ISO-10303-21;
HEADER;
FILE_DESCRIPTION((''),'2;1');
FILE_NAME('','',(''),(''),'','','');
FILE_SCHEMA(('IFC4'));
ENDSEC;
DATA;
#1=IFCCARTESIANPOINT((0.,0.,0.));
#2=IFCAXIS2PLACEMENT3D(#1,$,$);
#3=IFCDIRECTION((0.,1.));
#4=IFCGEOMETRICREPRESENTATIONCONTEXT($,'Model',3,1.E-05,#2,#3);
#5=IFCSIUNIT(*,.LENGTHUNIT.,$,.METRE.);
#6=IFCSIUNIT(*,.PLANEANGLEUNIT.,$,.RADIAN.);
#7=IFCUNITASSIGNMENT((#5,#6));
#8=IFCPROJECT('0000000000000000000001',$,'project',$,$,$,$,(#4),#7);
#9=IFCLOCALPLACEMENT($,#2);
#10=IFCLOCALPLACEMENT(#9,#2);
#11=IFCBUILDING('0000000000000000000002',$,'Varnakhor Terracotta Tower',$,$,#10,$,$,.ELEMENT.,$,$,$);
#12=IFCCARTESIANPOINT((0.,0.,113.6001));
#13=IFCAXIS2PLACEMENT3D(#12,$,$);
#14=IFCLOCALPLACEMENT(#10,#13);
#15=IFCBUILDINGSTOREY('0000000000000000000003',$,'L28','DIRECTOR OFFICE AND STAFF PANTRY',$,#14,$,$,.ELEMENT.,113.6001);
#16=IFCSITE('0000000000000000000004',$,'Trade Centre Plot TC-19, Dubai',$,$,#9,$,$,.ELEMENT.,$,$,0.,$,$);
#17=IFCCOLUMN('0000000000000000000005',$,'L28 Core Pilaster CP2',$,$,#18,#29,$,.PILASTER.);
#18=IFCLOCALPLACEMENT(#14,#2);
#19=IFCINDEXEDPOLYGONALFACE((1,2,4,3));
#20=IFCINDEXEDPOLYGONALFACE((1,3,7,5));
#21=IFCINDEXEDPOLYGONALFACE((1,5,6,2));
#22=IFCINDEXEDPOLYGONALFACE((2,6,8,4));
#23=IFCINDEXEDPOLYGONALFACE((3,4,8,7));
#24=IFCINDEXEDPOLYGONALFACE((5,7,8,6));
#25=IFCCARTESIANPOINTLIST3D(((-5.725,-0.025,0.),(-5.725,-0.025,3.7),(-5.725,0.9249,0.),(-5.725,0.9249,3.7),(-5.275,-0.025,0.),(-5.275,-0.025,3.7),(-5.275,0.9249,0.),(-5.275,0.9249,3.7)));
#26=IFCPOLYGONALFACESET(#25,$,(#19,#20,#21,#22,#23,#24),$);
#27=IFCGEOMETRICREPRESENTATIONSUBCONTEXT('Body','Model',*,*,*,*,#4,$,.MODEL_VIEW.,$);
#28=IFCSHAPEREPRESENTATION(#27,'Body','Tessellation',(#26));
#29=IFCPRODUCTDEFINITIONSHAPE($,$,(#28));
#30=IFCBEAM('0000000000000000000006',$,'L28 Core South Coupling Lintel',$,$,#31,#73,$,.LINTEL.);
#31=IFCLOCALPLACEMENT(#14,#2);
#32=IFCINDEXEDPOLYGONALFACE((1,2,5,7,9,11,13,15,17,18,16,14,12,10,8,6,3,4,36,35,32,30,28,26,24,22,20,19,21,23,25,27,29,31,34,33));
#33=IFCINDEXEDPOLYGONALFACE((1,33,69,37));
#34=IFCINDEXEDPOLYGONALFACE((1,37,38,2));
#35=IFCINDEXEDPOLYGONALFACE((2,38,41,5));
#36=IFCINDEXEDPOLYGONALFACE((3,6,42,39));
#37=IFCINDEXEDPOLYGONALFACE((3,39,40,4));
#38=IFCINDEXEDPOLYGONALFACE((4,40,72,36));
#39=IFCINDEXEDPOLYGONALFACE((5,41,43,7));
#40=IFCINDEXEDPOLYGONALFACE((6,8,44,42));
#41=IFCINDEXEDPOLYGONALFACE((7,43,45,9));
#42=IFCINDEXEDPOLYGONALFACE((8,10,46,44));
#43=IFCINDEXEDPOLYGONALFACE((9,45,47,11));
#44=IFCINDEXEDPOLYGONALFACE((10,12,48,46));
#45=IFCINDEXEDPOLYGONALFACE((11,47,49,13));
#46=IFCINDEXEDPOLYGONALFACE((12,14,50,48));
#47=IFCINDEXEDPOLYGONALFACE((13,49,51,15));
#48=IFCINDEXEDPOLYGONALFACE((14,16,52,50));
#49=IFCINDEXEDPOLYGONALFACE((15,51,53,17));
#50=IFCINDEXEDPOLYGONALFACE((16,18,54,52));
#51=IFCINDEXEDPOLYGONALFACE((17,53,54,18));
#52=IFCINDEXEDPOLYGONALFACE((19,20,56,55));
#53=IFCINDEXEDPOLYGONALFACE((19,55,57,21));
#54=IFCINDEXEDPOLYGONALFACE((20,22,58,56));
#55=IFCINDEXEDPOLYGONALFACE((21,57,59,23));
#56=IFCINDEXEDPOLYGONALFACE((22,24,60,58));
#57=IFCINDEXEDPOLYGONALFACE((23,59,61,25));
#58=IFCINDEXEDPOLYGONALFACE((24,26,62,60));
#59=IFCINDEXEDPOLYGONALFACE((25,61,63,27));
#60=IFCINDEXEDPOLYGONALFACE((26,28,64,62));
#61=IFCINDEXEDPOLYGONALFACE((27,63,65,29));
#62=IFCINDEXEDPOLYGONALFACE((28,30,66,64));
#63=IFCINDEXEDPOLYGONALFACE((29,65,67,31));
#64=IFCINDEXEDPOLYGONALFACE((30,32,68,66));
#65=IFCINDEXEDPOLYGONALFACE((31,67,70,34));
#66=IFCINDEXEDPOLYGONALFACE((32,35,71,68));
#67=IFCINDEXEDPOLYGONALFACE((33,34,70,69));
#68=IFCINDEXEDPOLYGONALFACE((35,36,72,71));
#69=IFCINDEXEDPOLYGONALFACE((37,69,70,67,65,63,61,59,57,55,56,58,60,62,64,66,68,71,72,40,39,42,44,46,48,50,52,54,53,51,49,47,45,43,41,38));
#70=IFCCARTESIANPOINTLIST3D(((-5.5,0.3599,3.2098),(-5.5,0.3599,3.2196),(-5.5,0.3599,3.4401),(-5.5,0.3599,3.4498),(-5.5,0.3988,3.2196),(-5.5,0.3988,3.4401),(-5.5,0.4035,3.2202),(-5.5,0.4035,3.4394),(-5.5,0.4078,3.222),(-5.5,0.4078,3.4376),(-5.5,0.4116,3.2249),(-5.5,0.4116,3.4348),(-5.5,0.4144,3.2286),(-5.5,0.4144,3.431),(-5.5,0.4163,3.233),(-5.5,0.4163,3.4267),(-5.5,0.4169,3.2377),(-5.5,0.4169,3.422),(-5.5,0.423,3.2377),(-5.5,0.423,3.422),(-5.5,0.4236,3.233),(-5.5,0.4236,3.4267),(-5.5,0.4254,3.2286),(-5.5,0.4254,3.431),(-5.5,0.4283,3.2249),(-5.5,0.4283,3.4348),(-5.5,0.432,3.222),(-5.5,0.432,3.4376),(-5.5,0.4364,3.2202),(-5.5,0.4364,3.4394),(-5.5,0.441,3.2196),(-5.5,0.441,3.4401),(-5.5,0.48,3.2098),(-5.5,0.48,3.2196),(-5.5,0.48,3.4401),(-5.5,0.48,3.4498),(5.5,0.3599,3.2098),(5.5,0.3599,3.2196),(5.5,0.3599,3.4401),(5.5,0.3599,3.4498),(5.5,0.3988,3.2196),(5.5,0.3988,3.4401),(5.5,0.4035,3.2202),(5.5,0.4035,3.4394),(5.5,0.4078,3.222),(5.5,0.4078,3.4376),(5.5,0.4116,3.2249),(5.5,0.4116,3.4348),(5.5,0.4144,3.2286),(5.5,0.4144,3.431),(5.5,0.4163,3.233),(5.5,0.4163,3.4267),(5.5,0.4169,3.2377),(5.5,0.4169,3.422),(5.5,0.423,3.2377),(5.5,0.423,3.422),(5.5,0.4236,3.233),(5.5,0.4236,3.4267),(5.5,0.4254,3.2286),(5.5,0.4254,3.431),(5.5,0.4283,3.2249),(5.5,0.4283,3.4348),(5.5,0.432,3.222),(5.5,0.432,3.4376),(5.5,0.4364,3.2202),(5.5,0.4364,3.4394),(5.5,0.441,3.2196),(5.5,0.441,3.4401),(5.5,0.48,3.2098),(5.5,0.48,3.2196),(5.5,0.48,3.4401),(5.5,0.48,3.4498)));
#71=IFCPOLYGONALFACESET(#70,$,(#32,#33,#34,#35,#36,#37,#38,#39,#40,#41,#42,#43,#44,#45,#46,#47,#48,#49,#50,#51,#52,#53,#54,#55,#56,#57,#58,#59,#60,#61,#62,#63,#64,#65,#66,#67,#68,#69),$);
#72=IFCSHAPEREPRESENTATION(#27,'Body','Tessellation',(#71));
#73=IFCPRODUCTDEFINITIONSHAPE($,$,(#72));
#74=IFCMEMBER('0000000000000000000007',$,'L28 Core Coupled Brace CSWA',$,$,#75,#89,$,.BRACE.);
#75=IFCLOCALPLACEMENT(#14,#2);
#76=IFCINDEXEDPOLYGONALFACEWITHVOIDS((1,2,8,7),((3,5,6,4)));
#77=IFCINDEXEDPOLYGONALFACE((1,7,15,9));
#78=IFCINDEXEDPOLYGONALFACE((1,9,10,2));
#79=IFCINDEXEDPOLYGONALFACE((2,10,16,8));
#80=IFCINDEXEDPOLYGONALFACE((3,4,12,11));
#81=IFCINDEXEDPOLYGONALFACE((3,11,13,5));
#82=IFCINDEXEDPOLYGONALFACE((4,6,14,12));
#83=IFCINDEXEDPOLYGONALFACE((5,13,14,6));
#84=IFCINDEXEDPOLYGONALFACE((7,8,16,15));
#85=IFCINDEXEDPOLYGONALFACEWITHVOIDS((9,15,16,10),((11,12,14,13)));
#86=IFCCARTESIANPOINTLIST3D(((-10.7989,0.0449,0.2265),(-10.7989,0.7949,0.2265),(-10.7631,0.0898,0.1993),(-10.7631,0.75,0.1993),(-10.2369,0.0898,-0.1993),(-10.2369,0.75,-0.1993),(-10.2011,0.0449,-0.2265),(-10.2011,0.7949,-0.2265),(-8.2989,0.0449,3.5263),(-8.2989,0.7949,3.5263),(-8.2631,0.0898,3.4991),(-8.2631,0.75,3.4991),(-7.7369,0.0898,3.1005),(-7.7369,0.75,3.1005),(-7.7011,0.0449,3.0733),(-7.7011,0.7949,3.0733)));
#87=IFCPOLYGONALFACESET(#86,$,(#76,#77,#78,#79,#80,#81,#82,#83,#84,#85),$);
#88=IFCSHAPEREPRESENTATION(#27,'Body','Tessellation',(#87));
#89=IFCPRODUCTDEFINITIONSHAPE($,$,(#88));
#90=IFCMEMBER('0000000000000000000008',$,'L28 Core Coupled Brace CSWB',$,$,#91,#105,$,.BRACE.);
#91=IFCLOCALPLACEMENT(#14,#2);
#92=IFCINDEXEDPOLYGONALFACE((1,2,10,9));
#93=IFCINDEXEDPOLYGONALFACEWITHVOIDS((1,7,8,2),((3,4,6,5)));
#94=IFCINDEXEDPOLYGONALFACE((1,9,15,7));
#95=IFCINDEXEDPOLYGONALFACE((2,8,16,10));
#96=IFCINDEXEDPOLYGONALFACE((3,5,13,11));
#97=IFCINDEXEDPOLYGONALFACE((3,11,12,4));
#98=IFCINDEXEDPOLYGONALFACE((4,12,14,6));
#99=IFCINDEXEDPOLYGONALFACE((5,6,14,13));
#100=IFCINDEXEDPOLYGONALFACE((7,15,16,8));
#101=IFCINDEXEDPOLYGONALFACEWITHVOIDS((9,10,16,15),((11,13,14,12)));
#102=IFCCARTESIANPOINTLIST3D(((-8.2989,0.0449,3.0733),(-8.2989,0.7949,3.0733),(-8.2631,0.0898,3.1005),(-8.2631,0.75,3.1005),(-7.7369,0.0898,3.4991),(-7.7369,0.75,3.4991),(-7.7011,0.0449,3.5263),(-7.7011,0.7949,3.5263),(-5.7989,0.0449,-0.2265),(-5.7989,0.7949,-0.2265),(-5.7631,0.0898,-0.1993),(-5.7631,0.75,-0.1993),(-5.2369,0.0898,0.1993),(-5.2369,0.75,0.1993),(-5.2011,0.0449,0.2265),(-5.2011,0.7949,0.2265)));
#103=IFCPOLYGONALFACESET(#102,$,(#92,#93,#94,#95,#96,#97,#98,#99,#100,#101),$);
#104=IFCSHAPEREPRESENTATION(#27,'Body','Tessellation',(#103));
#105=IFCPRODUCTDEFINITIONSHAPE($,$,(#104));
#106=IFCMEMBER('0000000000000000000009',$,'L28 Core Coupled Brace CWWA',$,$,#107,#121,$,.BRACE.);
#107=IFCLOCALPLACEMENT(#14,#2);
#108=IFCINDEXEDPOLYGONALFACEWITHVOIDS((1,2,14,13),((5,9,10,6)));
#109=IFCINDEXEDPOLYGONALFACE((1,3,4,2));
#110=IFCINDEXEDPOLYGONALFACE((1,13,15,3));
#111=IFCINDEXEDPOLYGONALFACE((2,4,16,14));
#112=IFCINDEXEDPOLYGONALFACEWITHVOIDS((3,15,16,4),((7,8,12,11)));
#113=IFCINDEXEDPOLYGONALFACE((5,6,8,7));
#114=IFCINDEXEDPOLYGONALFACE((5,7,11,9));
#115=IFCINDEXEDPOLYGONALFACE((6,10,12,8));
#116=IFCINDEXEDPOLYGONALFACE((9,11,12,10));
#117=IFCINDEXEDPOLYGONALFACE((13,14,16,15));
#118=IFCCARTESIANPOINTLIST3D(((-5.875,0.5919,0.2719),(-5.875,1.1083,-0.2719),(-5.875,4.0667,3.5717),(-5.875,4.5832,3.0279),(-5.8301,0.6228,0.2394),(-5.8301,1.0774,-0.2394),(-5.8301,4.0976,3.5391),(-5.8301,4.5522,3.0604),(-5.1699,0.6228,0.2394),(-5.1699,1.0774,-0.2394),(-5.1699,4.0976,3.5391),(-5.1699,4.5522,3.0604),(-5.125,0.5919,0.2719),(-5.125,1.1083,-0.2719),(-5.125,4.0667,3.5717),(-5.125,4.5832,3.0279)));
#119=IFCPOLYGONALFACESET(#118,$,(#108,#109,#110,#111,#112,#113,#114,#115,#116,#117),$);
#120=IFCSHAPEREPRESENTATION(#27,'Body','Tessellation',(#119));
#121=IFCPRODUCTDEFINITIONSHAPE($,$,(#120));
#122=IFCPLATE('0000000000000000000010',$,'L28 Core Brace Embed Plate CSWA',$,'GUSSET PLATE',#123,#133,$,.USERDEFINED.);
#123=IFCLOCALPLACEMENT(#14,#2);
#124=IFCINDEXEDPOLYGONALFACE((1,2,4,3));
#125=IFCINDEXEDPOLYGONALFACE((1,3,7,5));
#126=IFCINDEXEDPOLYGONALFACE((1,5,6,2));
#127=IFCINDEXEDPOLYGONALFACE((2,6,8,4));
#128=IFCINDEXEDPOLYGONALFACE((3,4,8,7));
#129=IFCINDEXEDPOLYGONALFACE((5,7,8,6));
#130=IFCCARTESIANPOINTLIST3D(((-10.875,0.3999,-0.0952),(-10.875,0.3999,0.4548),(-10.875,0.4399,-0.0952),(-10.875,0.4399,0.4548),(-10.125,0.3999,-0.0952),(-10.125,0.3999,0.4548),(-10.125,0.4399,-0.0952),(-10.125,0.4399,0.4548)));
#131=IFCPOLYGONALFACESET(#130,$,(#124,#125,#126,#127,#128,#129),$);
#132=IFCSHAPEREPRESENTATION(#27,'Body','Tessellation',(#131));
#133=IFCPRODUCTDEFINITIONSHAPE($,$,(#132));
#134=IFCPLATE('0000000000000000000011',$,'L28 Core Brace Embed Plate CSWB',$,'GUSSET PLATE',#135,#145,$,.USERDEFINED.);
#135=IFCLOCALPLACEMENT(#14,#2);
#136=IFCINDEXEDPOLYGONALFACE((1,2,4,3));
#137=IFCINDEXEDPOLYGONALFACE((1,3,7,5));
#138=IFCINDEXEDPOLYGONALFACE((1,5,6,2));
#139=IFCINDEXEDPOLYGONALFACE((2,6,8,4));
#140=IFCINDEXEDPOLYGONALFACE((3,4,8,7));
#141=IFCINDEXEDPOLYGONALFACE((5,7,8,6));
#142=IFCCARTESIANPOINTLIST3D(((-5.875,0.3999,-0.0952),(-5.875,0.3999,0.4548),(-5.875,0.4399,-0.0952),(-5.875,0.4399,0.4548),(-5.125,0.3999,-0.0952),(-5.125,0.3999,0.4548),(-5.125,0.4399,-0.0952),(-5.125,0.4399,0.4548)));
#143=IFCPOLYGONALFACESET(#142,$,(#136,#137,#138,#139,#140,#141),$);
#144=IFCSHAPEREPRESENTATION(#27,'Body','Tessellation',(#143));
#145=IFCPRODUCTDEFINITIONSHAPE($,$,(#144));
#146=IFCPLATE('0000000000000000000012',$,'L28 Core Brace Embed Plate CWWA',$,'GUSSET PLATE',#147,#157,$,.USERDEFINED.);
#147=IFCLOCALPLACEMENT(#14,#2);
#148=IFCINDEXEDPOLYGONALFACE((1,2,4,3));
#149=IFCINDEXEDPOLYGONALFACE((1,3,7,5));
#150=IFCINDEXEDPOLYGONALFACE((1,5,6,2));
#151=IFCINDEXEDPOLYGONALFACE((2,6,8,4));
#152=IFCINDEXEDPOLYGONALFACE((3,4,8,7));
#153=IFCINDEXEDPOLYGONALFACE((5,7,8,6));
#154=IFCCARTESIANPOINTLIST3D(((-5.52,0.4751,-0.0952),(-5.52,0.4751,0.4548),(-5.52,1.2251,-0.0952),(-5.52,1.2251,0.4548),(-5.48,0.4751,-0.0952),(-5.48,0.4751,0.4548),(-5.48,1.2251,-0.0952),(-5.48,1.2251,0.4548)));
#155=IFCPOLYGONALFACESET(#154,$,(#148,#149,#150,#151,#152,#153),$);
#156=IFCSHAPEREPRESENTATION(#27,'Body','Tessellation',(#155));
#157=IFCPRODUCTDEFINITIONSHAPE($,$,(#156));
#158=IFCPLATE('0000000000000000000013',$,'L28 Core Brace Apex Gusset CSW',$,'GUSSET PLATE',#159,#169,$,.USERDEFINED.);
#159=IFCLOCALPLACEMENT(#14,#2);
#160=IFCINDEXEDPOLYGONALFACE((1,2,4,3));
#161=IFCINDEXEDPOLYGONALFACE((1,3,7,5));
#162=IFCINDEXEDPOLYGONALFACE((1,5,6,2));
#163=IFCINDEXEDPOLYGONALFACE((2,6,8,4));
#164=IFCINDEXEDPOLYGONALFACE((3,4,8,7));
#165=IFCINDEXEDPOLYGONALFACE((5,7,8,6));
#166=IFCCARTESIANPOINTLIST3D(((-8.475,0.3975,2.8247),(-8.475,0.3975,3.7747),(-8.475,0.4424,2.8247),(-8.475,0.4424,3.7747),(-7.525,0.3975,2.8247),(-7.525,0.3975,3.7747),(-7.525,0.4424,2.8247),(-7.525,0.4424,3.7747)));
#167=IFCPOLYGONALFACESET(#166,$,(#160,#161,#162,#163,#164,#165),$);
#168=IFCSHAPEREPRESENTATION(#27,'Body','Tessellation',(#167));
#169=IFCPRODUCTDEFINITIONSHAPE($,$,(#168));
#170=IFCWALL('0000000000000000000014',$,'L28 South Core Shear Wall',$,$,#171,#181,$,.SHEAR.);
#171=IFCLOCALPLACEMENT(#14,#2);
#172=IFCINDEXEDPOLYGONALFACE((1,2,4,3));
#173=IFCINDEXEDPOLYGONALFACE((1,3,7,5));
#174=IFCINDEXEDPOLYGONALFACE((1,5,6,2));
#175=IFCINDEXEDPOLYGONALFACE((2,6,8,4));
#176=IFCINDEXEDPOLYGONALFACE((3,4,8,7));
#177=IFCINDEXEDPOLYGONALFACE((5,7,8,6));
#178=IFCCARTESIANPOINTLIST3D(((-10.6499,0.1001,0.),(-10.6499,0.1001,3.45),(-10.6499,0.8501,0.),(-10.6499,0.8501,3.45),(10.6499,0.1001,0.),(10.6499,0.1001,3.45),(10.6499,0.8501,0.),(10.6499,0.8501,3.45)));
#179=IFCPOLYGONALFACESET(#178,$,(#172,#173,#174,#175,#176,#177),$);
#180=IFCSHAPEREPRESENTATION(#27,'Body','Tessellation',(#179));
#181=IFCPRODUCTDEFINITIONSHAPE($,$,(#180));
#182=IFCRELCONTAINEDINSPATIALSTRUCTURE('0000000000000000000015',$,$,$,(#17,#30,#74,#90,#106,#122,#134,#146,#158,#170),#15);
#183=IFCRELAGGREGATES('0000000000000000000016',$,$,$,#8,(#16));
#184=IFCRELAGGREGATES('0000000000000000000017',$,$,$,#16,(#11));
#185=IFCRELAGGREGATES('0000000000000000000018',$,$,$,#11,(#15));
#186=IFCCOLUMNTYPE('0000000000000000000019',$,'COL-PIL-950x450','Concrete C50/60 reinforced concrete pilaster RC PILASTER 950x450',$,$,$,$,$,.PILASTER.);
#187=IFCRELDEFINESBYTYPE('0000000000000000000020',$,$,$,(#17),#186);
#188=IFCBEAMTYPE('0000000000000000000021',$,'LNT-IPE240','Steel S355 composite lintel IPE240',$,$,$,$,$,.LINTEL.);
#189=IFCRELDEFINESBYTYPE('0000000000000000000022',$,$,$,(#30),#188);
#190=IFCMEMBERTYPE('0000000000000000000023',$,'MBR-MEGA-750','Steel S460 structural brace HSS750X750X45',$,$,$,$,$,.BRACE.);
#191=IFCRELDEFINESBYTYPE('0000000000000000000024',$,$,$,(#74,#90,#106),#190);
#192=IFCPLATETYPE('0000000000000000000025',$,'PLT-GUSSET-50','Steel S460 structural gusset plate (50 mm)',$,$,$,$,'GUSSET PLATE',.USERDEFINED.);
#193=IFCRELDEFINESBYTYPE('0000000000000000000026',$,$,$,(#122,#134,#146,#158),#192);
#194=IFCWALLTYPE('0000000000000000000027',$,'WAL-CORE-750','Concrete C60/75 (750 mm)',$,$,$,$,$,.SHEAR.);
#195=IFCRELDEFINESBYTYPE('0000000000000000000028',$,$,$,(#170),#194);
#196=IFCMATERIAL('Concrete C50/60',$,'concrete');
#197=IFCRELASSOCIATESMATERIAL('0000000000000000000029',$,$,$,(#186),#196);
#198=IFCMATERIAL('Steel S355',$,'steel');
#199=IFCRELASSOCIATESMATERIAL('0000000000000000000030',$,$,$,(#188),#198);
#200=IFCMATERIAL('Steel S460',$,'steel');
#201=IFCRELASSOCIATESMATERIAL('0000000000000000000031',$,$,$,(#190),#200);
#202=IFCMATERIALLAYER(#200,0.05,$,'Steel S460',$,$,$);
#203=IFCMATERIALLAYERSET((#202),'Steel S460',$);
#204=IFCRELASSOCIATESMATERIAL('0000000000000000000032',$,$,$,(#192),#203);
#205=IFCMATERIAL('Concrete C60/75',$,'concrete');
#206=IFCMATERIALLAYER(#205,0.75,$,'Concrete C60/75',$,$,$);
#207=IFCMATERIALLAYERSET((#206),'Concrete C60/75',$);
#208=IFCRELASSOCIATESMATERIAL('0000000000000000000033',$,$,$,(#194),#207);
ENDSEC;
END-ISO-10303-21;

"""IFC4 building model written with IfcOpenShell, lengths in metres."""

from ifc_helpers import new_model, si_unit, direction, frame, frame_2d, origin, origin_2d, place, context, subcontext, project, spatial, rectangle, hollow_rectangle, i_section, extrude, source, transform, mapped, material, layer, layer_set, material_profile, profile_set, type_object, type_shapes, element, save


model = new_model("IFC4")

# Units and contexts
model_context = context("Model", 3, precision=1e-05, world=origin(), true_north=direction((0.0, 1.0)))
body_context = subcontext(model_context, "Body", "Model", "MODEL_VIEW")
ifc_project = project(units=[si_unit("LENGTHUNIT", "METRE"), si_unit("PLANEANGLEUNIT", "RADIAN")], contexts=[model_context])

# Site, building, storey
site_placement = place(None, origin())
site = spatial("IfcSite", under=ifc_project, at=site_placement, Name="Trade Centre Plot TC-19, Dubai", CompositionType="ELEMENT", RefElevation=0.0)
building_placement = place(site_placement, origin())
building = spatial("IfcBuilding", under=site, at=building_placement, Name="Varnakhor Terracotta Tower", CompositionType="ELEMENT")
storey_placement = place(building_placement, frame((0.0, 0.0, 113.6001)))
storey = spatial("IfcBuildingStorey", under=building, at=storey_placement, Name="L28", Description="DIRECTOR OFFICE AND STAFF PANTRY", CompositionType="ELEMENT", Elevation=113.6001)

# Column
ifc_material_1 = material(Name="Concrete C50/60", Category="concrete")
ifc_material_profile_1 = material_profile(ifc_material_1, rectangle(XDim=0.45, YDim=0.95, at=origin_2d()), Name="RC PILASTER 950x450")
ifc_profile_set_1 = profile_set([ifc_material_profile_1], Name="Concrete C50/60")
column_type = type_object("IfcColumnType", Name="COL-PIL-950x450", Description="Concrete C50/60 reinforced concrete pilaster RC PILASTER 950x450", PredefinedType="PILASTER", material=ifc_profile_set_1)
shared_shape_1 = source(origin(), body_context, "Body", "SweptSolid", [
    extrude(rectangle(XDim=0.45, YDim=0.95, at=origin_2d()), origin(), (0.0, 0.0, 1.0), 3.7),
])
column_placement = place(storey_placement, frame((-5.5, 0.45, 0.0), z_axis=(0.0, 0.0, 1.0), x_axis=(1.0, 0.0, 0.0)))
element("IfcColumn", 1, at=column_placement, inside=storey, type_object=column_type, Name="L28 Core Pilaster CP2", PredefinedType="PILASTER", context=body_context, shape_type="MappedRepresentation", body=[
    mapped(shared_shape_1, transform((0.0, 0.0, 0.0), scale=1.0)),
])

# Beam
ifc_material_2 = material(Name="Steel S355", Category="steel")
ifc_material_profile_2 = material_profile(ifc_material_2, i_section(OverallWidth=0.1201, OverallDepth=0.24, WebThickness=0.0061, FlangeThickness=0.0098, FilletRadius=0.0181, at=origin_2d()), Name="IPE240")
ifc_profile_set_2 = profile_set([ifc_material_profile_2], Name="Steel S355")
beam_type = type_object("IfcBeamType", Name="LNT-IPE240", Description="Steel S355 composite lintel IPE240", PredefinedType="LINTEL", material=ifc_profile_set_2)
shared_shape_2 = source(origin(), body_context, "Body", "SweptSolid", [
    extrude(i_section(OverallWidth=0.1201, OverallDepth=0.24, WebThickness=0.0061, FlangeThickness=0.0098, FilletRadius=0.0181, at=origin_2d()), origin(), (0.0, 0.0, 1.0), 11.0),
])
type_shapes(beam_type, [shared_shape_2])
beam_placement = place(storey_placement, frame((-5.5, 0.4199, 3.3298), z_axis=(1.0, 0.0, 0.0), x_axis=(0.0, 1.0, 0.0)))
element("IfcBeam", 2, at=beam_placement, inside=storey, type_object=beam_type, Name="L28 Core South Coupling Lintel", PredefinedType="LINTEL", context=body_context, shape_type="MappedRepresentation", body=[
    mapped(shared_shape_2, transform((0.0, 0.0, 0.0), scale=1.0)),
])

# Members
ifc_material_3 = material(Name="Steel S460", Category="steel")
ifc_material_profile_3 = material_profile(ifc_material_3, hollow_rectangle(XDim=0.75, YDim=0.75, WallThickness=0.0449, at=origin_2d()), Name="HSS750X750X45")
ifc_profile_set_3 = profile_set([ifc_material_profile_3], Name="Steel S460")
member_type = type_object("IfcMemberType", Name="MBR-MEGA-750", Description="Steel S460 structural brace HSS750X750X45", PredefinedType="BRACE", material=ifc_profile_set_3)
shared_shape_3 = source(origin(), body_context, "Body", "SweptSolid", [
    extrude(hollow_rectangle(XDim=0.75, YDim=0.75, WallThickness=0.0449, at=origin_2d()), origin(), (0.0, 0.0, 1.0), 4.1399),
])
for number, where, z_axis, x_axis, name in (
    (3, (-10.5, 0.4199, 0.0), (0.60388, 0.0, 0.797075), (0.0, 1.0, 0.0), "L28 Core Coupled Brace CSWA"),
    (4, (-5.5, 0.4199, 0.0), (-0.60388, 0.0, 0.797075), (0.0, -1.0, 0.0), "L28 Core Coupled Brace CSWB"),
):
    element("IfcMember", number, at=place(storey_placement, frame(where, z_axis=z_axis, x_axis=x_axis)), inside=storey, type_object=member_type, Name=name, PredefinedType="BRACE", context=body_context, shape_type="MappedRepresentation", body=[
        mapped(shared_shape_3, transform((0.0, 0.0, 0.0), scale=1.0)),
    ])
shared_shape_4 = source(origin(), body_context, "Body", "SweptSolid", [
    extrude(hollow_rectangle(XDim=0.75, YDim=0.75, WallThickness=0.0449, at=origin_2d()), origin(), (0.0, 0.0, 1.0), 4.792),
])
member_placement = place(storey_placement, frame((-5.5, 0.8501, 0.0), z_axis=(0.0, 0.725136, 0.688606), x_axis=(-1.0, 0.0, 0.0)))
element("IfcMember", 5, at=member_placement, inside=storey, type_object=member_type, Name="L28 Core Coupled Brace CWWA", PredefinedType="BRACE", context=body_context, shape_type="MappedRepresentation", body=[
    mapped(shared_shape_4, transform((0.0, 0.0, 0.0), scale=1.0)),
])

# Plates
ifc_layer_1 = layer(ifc_material_3, 0.05, Name="Steel S460")
ifc_layer_set_1 = layer_set([ifc_layer_1], Name="Steel S460")
plate_type = type_object("IfcPlateType", Name="PLT-GUSSET-50", Description="Steel S460 structural gusset plate (50 mm)", ElementType="GUSSET PLATE", PredefinedType="USERDEFINED", material=ifc_layer_set_1)
shared_shape_5 = source(origin(), body_context, "Body", "SweptSolid", [
    extrude(rectangle(XDim=0.75, YDim=0.04, at=origin_2d()), origin(), (0.0, 0.0, 1.0), 0.55),
])
type_shapes(plate_type, [shared_shape_5])
for number, where, z_axis, x_axis, name in (
    (6, (-10.5, 0.4199, -0.0952), (0.0, 0.0, 1.0), (1.0, 0.0, 0.0), "L28 Core Brace Embed Plate CSWA"),
    (7, (-5.5, 0.4199, -0.0952), (0.0, 0.0, 1.0), (1.0, 0.0, 0.0), "L28 Core Brace Embed Plate CSWB"),
    (8, (-5.5, 0.8501, -0.0952), (0.0, 0.0, 1.0), (0.0, 1.0, 0.0), "L28 Core Brace Embed Plate CWWA"),
):
    element("IfcPlate", number, at=place(storey_placement, frame(where, z_axis=z_axis, x_axis=x_axis)), inside=storey, type_object=plate_type, Name=name, ObjectType="GUSSET PLATE", PredefinedType="USERDEFINED", context=body_context, shape_type="MappedRepresentation", body=[
        mapped(shared_shape_5, transform((0.0, 0.0, 0.0), scale=1.0)),
    ])
shared_shape_6 = source(origin(), body_context, "Body", "SweptSolid", [
    extrude(rectangle(XDim=0.95, YDim=0.0449, at=origin_2d()), origin(), (0.0, 0.0, 1.0), 0.95),
])
plate_placement = place(storey_placement, frame((-8.0, 0.4199, 2.8247), z_axis=(0.0, 0.0, 1.0), x_axis=(1.0, 0.0, 0.0)))
element("IfcPlate", 9, at=plate_placement, inside=storey, type_object=plate_type, Name="L28 Core Brace Apex Gusset CSW", ObjectType="GUSSET PLATE", PredefinedType="USERDEFINED", context=body_context, shape_type="MappedRepresentation", body=[
    mapped(shared_shape_6, transform((0.0, 0.0, 0.0), scale=1.0)),
])

# Wall
ifc_material_4 = material(Name="Concrete C60/75", Category="concrete")
ifc_layer_2 = layer(ifc_material_4, 0.75, Name="Concrete C60/75")
ifc_layer_set_2 = layer_set([ifc_layer_2], Name="Concrete C60/75")
wall_type_1 = type_object("IfcWallType", Name="WAL-CORE-750", Description="Concrete C60/75 (750 mm)", PredefinedType="SHEAR", material=ifc_layer_set_2)
wall_1_placement = place(storey_placement, frame((-10.6499, 0.4751, 0.0), z_axis=(0.0, 0.0, 1.0), x_axis=(1.0, 0.0, 0.0)))
element("IfcWall", 10, at=wall_1_placement, inside=storey, type_object=wall_type_1, Name="L28 South Core Shear Wall", PredefinedType="SHEAR", context=body_context, shape_type="SweptSolid", body=[
    extrude(rectangle(XDim=21.2998, YDim=0.75, at=frame_2d((10.6499, 0.0))), origin(), (0.0, 0.0, 1.0), 3.45),
])

save(model, "model.ifc")
